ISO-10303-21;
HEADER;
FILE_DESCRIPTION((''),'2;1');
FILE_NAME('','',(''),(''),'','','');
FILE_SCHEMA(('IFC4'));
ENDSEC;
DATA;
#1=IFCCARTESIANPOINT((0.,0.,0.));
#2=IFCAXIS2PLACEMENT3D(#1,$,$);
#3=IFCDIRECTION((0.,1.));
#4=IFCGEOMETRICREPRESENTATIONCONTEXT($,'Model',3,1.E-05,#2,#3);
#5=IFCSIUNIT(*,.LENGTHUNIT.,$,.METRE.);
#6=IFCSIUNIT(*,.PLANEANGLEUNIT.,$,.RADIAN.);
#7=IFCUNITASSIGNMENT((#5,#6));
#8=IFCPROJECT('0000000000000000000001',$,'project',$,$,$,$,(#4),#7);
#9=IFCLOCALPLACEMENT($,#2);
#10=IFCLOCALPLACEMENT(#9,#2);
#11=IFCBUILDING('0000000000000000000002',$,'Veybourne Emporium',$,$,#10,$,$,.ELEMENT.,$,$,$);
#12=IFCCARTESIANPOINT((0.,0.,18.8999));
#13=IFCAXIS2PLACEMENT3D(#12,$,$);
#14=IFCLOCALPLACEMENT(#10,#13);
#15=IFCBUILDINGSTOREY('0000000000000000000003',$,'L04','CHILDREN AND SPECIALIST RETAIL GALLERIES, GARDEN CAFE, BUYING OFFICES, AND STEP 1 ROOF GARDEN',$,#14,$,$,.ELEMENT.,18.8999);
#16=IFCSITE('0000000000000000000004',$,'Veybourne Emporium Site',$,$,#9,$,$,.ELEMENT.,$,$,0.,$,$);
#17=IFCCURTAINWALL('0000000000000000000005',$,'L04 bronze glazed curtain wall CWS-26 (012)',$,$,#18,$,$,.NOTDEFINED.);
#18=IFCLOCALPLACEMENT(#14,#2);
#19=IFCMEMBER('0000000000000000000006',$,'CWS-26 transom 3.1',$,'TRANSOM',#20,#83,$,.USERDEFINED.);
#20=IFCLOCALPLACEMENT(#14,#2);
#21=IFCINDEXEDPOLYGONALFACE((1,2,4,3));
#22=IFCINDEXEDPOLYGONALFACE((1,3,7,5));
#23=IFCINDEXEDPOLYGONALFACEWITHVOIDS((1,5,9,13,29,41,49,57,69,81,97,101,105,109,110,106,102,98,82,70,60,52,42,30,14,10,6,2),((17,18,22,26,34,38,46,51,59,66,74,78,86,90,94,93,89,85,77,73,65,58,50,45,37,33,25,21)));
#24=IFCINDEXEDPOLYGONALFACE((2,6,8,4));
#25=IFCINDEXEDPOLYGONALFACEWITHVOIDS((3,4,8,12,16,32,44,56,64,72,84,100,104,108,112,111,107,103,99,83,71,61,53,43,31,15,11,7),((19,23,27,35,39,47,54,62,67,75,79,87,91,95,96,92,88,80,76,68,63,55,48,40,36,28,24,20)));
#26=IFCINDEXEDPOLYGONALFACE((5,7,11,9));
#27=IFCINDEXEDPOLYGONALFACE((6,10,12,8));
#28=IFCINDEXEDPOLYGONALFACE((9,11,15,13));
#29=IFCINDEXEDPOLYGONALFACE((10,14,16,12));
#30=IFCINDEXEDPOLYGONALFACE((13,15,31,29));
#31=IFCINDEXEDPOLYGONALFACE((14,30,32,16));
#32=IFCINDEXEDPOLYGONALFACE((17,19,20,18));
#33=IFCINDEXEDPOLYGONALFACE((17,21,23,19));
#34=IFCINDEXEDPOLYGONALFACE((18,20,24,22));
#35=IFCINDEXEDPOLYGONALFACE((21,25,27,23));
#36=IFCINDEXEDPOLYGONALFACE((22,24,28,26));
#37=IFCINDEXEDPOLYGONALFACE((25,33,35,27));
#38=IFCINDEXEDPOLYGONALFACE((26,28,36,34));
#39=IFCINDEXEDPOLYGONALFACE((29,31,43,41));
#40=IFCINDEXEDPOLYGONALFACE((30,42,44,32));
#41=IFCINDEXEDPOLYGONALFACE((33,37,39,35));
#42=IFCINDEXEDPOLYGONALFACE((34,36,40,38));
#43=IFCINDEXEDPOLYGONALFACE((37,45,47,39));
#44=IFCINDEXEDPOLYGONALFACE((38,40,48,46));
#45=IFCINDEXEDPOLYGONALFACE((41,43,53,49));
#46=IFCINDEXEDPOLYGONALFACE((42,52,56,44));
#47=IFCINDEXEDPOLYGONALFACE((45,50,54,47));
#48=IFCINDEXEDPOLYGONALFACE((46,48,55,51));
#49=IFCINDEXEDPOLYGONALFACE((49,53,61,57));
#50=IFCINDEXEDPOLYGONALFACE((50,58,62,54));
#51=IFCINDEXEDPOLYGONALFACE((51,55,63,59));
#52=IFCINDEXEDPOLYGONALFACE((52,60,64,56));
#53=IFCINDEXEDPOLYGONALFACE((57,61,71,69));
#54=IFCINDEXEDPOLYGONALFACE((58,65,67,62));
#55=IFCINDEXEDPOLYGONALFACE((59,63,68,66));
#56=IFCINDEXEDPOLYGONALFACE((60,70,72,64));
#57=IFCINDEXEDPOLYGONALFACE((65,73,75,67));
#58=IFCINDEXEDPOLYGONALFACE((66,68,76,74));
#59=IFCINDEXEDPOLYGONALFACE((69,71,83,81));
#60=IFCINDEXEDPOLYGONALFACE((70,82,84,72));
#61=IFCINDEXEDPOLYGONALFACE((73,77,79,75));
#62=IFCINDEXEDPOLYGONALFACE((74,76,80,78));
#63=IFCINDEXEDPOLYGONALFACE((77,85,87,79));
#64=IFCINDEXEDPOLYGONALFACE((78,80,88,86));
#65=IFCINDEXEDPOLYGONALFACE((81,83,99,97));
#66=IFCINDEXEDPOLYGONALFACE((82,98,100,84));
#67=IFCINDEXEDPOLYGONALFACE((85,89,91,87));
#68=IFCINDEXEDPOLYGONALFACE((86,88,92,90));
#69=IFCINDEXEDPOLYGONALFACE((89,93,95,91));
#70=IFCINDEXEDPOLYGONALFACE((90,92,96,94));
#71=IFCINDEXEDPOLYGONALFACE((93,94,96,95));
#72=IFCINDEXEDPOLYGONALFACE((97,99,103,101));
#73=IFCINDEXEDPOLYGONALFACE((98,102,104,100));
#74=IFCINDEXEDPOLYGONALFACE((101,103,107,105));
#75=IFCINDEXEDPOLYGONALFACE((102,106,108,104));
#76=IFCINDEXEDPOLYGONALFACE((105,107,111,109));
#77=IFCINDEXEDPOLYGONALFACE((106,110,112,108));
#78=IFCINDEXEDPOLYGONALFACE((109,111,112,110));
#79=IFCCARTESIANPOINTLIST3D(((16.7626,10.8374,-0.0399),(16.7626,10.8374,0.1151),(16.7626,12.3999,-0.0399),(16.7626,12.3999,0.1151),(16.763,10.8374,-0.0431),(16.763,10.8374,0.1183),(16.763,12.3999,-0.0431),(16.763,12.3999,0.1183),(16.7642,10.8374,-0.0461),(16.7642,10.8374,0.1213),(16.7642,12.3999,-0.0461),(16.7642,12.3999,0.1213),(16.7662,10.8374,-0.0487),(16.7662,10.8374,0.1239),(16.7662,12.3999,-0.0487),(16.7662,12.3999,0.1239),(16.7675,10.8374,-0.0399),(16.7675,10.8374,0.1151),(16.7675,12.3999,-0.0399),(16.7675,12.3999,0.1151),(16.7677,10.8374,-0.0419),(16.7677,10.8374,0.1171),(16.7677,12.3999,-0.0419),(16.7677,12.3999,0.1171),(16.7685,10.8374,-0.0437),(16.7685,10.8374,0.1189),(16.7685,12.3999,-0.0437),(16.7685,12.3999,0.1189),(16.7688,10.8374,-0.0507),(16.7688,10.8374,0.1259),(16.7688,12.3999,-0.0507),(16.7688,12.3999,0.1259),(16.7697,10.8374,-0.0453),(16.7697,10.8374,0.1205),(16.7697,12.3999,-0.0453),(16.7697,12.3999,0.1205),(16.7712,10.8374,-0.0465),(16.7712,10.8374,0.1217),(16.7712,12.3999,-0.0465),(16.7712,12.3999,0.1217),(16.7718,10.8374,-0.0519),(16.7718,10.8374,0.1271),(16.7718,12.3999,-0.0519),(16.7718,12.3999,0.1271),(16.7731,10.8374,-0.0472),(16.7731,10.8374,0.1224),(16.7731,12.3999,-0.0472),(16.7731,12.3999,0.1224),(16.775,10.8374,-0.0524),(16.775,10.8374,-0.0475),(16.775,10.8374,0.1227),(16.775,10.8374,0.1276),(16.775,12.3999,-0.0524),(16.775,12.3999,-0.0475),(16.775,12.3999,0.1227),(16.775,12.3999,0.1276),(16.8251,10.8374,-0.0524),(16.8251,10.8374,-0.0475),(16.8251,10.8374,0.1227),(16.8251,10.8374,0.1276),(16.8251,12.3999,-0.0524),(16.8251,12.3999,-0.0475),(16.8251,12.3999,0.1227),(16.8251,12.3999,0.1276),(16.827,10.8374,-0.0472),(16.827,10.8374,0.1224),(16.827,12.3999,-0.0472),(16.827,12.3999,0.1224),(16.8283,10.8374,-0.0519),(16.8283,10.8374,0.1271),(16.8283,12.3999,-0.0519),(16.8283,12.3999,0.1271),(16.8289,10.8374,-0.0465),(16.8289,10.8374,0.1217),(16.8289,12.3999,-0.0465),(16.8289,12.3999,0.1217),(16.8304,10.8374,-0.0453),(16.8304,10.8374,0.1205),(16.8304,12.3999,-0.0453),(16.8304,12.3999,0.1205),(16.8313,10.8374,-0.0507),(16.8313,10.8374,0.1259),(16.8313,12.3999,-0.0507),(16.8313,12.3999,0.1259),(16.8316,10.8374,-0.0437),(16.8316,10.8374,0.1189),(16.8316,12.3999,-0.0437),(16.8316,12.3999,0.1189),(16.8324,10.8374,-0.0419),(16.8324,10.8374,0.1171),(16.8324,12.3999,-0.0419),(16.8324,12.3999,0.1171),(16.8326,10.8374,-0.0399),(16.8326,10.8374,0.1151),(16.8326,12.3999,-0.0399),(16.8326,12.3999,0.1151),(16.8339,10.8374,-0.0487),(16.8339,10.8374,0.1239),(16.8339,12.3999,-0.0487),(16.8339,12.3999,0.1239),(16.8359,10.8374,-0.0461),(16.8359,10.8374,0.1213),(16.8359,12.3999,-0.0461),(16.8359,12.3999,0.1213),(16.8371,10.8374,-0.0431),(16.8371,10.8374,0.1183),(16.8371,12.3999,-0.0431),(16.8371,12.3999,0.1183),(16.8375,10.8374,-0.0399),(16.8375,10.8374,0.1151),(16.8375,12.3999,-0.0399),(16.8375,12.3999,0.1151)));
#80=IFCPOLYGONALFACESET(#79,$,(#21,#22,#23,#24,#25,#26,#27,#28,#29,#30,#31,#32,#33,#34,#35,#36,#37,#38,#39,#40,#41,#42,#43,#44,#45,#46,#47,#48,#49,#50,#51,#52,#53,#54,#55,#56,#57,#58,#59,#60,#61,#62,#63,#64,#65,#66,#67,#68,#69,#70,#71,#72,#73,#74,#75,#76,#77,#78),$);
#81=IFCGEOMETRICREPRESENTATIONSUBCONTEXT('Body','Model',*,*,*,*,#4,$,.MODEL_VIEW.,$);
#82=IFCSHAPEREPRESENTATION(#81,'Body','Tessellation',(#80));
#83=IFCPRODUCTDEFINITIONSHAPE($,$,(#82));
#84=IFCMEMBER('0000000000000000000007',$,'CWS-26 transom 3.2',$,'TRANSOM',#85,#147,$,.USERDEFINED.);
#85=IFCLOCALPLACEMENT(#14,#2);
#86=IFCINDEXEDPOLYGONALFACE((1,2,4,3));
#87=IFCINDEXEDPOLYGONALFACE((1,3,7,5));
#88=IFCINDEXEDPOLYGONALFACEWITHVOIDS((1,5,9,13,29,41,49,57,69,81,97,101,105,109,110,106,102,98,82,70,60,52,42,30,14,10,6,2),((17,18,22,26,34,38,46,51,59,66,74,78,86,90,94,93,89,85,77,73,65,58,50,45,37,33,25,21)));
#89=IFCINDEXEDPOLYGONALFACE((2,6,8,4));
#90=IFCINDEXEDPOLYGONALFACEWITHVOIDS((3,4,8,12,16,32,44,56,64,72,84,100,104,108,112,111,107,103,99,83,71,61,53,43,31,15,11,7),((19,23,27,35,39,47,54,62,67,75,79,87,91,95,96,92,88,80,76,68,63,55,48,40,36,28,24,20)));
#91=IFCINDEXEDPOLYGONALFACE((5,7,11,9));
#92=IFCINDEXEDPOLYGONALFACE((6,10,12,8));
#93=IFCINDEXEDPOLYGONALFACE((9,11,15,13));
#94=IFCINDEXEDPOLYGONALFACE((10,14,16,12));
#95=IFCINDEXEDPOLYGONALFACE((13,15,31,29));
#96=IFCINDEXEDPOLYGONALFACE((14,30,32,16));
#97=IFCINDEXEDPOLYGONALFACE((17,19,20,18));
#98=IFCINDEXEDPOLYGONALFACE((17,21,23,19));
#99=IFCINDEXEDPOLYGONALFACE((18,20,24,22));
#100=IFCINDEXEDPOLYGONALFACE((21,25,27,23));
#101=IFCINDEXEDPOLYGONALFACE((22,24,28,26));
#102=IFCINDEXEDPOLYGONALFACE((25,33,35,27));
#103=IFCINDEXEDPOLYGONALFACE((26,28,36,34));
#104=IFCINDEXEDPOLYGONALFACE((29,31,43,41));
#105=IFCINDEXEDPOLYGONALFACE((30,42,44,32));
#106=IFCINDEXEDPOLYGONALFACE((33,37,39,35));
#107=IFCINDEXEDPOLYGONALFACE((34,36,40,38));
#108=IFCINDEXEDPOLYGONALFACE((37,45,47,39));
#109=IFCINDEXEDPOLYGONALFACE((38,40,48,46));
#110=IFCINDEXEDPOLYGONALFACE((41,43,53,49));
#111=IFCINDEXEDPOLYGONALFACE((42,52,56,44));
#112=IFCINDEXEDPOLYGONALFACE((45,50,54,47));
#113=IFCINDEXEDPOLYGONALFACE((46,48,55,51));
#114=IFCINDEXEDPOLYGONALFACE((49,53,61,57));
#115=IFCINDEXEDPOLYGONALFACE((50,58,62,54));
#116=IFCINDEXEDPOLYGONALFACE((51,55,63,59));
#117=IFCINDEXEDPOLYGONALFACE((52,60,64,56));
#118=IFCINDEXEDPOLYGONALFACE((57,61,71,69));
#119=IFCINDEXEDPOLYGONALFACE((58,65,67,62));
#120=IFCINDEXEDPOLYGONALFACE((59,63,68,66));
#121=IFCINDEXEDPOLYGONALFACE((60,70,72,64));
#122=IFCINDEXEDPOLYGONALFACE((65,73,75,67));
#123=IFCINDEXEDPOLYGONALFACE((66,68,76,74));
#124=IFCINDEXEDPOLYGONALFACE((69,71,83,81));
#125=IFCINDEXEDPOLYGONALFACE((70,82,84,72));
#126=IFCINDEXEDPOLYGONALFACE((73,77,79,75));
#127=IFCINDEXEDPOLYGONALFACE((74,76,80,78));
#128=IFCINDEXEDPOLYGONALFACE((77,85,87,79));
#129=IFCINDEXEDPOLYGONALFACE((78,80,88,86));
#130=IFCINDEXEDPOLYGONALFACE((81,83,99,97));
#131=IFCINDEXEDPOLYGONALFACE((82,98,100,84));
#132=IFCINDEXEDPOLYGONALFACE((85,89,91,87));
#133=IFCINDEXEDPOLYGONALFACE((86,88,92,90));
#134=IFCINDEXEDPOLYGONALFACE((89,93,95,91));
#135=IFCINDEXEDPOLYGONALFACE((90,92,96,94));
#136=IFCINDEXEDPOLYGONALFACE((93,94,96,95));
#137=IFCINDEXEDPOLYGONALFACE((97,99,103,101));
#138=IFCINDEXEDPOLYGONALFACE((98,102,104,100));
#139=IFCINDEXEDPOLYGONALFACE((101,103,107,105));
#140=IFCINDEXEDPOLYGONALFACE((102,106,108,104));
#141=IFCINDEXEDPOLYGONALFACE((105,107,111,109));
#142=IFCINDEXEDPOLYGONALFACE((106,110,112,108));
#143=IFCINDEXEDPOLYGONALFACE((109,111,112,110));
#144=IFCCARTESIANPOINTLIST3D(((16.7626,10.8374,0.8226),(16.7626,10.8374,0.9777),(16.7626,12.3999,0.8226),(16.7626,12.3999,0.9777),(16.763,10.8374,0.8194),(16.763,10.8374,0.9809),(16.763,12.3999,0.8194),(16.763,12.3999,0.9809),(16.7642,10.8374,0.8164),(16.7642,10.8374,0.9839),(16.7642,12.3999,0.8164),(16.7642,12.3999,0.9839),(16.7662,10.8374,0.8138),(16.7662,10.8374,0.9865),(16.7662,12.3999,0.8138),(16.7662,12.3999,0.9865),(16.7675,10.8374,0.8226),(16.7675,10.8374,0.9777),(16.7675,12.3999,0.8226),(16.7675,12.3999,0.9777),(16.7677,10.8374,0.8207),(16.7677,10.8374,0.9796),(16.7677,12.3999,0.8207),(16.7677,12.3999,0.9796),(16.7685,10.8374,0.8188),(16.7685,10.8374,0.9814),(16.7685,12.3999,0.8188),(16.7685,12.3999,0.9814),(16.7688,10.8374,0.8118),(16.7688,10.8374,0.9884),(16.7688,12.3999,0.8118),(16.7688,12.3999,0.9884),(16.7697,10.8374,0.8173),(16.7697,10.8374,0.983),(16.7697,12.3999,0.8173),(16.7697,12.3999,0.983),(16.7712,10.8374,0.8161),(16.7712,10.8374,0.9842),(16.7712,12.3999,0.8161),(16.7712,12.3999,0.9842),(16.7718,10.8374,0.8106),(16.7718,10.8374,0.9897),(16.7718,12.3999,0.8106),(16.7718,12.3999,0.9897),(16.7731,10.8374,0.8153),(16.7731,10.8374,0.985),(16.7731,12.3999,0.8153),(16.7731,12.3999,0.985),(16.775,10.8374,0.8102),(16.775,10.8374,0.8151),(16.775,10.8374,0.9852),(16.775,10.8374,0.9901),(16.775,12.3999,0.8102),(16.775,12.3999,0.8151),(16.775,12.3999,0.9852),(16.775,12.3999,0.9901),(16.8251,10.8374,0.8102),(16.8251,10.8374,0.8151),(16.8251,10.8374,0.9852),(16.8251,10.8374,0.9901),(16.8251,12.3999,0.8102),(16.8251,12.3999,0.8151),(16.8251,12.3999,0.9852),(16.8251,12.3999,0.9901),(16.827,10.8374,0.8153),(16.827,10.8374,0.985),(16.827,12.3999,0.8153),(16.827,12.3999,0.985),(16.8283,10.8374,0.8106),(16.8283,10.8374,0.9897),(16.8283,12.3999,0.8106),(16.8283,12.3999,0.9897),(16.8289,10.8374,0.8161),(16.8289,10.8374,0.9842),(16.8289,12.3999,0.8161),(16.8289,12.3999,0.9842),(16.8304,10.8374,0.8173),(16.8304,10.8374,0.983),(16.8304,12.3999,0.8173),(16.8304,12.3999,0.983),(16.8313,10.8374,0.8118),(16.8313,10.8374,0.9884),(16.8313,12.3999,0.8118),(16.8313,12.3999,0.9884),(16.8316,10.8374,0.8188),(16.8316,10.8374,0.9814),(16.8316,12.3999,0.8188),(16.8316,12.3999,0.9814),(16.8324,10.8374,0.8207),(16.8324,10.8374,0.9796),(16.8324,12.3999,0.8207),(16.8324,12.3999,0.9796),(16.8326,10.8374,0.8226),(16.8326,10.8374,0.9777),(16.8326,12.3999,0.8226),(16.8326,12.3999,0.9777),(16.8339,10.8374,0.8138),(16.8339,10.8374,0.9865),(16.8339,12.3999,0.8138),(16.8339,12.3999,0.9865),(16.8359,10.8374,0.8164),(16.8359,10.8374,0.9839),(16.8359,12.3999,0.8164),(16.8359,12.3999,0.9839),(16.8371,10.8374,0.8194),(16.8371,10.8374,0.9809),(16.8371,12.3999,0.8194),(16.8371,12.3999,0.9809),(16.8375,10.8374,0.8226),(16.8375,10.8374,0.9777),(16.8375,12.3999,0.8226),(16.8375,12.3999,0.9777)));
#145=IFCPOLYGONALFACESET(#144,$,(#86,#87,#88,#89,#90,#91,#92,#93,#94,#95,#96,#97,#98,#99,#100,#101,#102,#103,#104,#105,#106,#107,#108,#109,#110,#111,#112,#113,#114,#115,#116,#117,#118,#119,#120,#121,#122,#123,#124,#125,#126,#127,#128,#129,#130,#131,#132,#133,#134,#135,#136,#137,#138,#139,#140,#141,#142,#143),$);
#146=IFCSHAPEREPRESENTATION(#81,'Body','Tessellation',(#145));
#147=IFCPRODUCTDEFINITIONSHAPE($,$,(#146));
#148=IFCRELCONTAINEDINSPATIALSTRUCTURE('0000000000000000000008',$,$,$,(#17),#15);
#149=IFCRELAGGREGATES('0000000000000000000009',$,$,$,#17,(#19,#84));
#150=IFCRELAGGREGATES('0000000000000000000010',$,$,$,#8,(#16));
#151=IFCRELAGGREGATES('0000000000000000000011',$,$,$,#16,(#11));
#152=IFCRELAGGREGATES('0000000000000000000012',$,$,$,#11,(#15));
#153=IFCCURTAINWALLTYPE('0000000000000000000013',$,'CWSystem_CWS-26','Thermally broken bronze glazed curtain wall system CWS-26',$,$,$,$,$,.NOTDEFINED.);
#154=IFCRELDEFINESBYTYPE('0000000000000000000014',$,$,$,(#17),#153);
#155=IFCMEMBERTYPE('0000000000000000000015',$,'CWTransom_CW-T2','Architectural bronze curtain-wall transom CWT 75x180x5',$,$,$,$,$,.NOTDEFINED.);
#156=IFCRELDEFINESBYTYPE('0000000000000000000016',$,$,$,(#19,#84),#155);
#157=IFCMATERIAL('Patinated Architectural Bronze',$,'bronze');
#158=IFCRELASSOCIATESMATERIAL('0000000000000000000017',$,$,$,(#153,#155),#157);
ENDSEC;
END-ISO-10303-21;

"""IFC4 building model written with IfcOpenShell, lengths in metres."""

from ifc_helpers import new_model, si_unit, direction, frame, origin, origin_2d, place, context, subcontext, project, spatial, hollow_rectangle, extrude, material, material_profile, profile_set, type_object, element, aggregate, save


model = new_model("IFC4")

# Units and contexts
model_context = context("Model", 3, precision=1e-05, world=origin(), true_north=direction((0.0, 1.0)))
body_context = subcontext(model_context, "Body", "Model", "MODEL_VIEW")
ifc_project = project(units=[si_unit("LENGTHUNIT", "METRE"), si_unit("PLANEANGLEUNIT", "RADIAN")], contexts=[model_context])

# Site, building, storey
site_placement = place(None, origin())
site = spatial("IfcSite", under=ifc_project, at=site_placement, Name="Veybourne Emporium Site", CompositionType="ELEMENT", RefElevation=0.0)
building_placement = place(site_placement, origin())
building = spatial("IfcBuilding", under=site, at=building_placement, Name="Veybourne Emporium", CompositionType="ELEMENT")
storey_placement = place(building_placement, frame((0.0, 0.0, 18.8999)))
storey = spatial("IfcBuildingStorey", under=building, at=storey_placement, Name="L04", Description="CHILDREN AND SPECIALIST RETAIL GALLERIES, GARDEN CAFE, BUYING OFFICES, AND STEP 1 ROOF GARDEN", CompositionType="ELEMENT", Elevation=18.8999)

# Curtain wall, members
ifc_material_1 = material(Name="Patinated Architectural Bronze", Category="bronze")
curtain_wall_type = type_object("IfcCurtainWallType", Name="CWSystem_CWS-26", Description="Thermally broken bronze glazed curtain wall system CWS-26", PredefinedType="NOTDEFINED", material=ifc_material_1)
curtain_wall_placement = place(storey_placement, origin())
curtain_wall = element("IfcCurtainWall", 1, at=curtain_wall_placement, inside=storey, type_object=curtain_wall_type, Name="L04 bronze glazed curtain wall CWS-26 (012)", PredefinedType="NOTDEFINED")
ifc_material_profile_1 = material_profile(ifc_material_1, hollow_rectangle(XDim=0.075, YDim=0.1799, WallThickness=0.0049, InnerFilletRadius=0.0076, OuterFilletRadius=0.0125, at=origin_2d()), Name="CWT 75x180x5")
ifc_profile_set_1 = profile_set([ifc_material_profile_1], Name="Patinated Architectural Bronze")
member_type_1 = type_object("IfcMemberType", Name="CWTransom_CW-T2", Description="Architectural bronze curtain-wall transom CWT 75x180x5", PredefinedType="NOTDEFINED", material=ifc_profile_set_1)
member_1_placement = place(storey_placement, frame((16.8, 10.8374, 0.0376), z_axis=(0.0, 1.0, 0.0), x_axis=(-1.0, 0.0, 0.0)))
member_1 = element("IfcMember", 2, at=member_1_placement, type_object=member_type_1, Name="CWS-26 transom 3.1", ObjectType="TRANSOM", PredefinedType="USERDEFINED", context=body_context, shape_type="SweptSolid", body=[
    extrude(hollow_rectangle(XDim=0.075, YDim=0.1799, WallThickness=0.0049, InnerFilletRadius=0.0076, OuterFilletRadius=0.0125, at=origin_2d()), origin(), (0.0, 0.0, 1.0), 1.5625),
])
member_2_placement = place(storey_placement, frame((16.8, 10.8374, 0.9001), z_axis=(0.0, 1.0, 0.0), x_axis=(-1.0, 0.0, 0.0)))
member_2 = element("IfcMember", 3, at=member_2_placement, type_object=member_type_1, Name="CWS-26 transom 3.2", ObjectType="TRANSOM", PredefinedType="USERDEFINED", context=body_context, shape_type="SweptSolid", body=[
    extrude(hollow_rectangle(XDim=0.075, YDim=0.1799, WallThickness=0.0049, InnerFilletRadius=0.0076, OuterFilletRadius=0.0125, at=origin_2d()), origin(), (0.0, 0.0, 1.0), 1.5625),
])
aggregate(curtain_wall, [member_1, member_2])

save(model, "model.ifc")
